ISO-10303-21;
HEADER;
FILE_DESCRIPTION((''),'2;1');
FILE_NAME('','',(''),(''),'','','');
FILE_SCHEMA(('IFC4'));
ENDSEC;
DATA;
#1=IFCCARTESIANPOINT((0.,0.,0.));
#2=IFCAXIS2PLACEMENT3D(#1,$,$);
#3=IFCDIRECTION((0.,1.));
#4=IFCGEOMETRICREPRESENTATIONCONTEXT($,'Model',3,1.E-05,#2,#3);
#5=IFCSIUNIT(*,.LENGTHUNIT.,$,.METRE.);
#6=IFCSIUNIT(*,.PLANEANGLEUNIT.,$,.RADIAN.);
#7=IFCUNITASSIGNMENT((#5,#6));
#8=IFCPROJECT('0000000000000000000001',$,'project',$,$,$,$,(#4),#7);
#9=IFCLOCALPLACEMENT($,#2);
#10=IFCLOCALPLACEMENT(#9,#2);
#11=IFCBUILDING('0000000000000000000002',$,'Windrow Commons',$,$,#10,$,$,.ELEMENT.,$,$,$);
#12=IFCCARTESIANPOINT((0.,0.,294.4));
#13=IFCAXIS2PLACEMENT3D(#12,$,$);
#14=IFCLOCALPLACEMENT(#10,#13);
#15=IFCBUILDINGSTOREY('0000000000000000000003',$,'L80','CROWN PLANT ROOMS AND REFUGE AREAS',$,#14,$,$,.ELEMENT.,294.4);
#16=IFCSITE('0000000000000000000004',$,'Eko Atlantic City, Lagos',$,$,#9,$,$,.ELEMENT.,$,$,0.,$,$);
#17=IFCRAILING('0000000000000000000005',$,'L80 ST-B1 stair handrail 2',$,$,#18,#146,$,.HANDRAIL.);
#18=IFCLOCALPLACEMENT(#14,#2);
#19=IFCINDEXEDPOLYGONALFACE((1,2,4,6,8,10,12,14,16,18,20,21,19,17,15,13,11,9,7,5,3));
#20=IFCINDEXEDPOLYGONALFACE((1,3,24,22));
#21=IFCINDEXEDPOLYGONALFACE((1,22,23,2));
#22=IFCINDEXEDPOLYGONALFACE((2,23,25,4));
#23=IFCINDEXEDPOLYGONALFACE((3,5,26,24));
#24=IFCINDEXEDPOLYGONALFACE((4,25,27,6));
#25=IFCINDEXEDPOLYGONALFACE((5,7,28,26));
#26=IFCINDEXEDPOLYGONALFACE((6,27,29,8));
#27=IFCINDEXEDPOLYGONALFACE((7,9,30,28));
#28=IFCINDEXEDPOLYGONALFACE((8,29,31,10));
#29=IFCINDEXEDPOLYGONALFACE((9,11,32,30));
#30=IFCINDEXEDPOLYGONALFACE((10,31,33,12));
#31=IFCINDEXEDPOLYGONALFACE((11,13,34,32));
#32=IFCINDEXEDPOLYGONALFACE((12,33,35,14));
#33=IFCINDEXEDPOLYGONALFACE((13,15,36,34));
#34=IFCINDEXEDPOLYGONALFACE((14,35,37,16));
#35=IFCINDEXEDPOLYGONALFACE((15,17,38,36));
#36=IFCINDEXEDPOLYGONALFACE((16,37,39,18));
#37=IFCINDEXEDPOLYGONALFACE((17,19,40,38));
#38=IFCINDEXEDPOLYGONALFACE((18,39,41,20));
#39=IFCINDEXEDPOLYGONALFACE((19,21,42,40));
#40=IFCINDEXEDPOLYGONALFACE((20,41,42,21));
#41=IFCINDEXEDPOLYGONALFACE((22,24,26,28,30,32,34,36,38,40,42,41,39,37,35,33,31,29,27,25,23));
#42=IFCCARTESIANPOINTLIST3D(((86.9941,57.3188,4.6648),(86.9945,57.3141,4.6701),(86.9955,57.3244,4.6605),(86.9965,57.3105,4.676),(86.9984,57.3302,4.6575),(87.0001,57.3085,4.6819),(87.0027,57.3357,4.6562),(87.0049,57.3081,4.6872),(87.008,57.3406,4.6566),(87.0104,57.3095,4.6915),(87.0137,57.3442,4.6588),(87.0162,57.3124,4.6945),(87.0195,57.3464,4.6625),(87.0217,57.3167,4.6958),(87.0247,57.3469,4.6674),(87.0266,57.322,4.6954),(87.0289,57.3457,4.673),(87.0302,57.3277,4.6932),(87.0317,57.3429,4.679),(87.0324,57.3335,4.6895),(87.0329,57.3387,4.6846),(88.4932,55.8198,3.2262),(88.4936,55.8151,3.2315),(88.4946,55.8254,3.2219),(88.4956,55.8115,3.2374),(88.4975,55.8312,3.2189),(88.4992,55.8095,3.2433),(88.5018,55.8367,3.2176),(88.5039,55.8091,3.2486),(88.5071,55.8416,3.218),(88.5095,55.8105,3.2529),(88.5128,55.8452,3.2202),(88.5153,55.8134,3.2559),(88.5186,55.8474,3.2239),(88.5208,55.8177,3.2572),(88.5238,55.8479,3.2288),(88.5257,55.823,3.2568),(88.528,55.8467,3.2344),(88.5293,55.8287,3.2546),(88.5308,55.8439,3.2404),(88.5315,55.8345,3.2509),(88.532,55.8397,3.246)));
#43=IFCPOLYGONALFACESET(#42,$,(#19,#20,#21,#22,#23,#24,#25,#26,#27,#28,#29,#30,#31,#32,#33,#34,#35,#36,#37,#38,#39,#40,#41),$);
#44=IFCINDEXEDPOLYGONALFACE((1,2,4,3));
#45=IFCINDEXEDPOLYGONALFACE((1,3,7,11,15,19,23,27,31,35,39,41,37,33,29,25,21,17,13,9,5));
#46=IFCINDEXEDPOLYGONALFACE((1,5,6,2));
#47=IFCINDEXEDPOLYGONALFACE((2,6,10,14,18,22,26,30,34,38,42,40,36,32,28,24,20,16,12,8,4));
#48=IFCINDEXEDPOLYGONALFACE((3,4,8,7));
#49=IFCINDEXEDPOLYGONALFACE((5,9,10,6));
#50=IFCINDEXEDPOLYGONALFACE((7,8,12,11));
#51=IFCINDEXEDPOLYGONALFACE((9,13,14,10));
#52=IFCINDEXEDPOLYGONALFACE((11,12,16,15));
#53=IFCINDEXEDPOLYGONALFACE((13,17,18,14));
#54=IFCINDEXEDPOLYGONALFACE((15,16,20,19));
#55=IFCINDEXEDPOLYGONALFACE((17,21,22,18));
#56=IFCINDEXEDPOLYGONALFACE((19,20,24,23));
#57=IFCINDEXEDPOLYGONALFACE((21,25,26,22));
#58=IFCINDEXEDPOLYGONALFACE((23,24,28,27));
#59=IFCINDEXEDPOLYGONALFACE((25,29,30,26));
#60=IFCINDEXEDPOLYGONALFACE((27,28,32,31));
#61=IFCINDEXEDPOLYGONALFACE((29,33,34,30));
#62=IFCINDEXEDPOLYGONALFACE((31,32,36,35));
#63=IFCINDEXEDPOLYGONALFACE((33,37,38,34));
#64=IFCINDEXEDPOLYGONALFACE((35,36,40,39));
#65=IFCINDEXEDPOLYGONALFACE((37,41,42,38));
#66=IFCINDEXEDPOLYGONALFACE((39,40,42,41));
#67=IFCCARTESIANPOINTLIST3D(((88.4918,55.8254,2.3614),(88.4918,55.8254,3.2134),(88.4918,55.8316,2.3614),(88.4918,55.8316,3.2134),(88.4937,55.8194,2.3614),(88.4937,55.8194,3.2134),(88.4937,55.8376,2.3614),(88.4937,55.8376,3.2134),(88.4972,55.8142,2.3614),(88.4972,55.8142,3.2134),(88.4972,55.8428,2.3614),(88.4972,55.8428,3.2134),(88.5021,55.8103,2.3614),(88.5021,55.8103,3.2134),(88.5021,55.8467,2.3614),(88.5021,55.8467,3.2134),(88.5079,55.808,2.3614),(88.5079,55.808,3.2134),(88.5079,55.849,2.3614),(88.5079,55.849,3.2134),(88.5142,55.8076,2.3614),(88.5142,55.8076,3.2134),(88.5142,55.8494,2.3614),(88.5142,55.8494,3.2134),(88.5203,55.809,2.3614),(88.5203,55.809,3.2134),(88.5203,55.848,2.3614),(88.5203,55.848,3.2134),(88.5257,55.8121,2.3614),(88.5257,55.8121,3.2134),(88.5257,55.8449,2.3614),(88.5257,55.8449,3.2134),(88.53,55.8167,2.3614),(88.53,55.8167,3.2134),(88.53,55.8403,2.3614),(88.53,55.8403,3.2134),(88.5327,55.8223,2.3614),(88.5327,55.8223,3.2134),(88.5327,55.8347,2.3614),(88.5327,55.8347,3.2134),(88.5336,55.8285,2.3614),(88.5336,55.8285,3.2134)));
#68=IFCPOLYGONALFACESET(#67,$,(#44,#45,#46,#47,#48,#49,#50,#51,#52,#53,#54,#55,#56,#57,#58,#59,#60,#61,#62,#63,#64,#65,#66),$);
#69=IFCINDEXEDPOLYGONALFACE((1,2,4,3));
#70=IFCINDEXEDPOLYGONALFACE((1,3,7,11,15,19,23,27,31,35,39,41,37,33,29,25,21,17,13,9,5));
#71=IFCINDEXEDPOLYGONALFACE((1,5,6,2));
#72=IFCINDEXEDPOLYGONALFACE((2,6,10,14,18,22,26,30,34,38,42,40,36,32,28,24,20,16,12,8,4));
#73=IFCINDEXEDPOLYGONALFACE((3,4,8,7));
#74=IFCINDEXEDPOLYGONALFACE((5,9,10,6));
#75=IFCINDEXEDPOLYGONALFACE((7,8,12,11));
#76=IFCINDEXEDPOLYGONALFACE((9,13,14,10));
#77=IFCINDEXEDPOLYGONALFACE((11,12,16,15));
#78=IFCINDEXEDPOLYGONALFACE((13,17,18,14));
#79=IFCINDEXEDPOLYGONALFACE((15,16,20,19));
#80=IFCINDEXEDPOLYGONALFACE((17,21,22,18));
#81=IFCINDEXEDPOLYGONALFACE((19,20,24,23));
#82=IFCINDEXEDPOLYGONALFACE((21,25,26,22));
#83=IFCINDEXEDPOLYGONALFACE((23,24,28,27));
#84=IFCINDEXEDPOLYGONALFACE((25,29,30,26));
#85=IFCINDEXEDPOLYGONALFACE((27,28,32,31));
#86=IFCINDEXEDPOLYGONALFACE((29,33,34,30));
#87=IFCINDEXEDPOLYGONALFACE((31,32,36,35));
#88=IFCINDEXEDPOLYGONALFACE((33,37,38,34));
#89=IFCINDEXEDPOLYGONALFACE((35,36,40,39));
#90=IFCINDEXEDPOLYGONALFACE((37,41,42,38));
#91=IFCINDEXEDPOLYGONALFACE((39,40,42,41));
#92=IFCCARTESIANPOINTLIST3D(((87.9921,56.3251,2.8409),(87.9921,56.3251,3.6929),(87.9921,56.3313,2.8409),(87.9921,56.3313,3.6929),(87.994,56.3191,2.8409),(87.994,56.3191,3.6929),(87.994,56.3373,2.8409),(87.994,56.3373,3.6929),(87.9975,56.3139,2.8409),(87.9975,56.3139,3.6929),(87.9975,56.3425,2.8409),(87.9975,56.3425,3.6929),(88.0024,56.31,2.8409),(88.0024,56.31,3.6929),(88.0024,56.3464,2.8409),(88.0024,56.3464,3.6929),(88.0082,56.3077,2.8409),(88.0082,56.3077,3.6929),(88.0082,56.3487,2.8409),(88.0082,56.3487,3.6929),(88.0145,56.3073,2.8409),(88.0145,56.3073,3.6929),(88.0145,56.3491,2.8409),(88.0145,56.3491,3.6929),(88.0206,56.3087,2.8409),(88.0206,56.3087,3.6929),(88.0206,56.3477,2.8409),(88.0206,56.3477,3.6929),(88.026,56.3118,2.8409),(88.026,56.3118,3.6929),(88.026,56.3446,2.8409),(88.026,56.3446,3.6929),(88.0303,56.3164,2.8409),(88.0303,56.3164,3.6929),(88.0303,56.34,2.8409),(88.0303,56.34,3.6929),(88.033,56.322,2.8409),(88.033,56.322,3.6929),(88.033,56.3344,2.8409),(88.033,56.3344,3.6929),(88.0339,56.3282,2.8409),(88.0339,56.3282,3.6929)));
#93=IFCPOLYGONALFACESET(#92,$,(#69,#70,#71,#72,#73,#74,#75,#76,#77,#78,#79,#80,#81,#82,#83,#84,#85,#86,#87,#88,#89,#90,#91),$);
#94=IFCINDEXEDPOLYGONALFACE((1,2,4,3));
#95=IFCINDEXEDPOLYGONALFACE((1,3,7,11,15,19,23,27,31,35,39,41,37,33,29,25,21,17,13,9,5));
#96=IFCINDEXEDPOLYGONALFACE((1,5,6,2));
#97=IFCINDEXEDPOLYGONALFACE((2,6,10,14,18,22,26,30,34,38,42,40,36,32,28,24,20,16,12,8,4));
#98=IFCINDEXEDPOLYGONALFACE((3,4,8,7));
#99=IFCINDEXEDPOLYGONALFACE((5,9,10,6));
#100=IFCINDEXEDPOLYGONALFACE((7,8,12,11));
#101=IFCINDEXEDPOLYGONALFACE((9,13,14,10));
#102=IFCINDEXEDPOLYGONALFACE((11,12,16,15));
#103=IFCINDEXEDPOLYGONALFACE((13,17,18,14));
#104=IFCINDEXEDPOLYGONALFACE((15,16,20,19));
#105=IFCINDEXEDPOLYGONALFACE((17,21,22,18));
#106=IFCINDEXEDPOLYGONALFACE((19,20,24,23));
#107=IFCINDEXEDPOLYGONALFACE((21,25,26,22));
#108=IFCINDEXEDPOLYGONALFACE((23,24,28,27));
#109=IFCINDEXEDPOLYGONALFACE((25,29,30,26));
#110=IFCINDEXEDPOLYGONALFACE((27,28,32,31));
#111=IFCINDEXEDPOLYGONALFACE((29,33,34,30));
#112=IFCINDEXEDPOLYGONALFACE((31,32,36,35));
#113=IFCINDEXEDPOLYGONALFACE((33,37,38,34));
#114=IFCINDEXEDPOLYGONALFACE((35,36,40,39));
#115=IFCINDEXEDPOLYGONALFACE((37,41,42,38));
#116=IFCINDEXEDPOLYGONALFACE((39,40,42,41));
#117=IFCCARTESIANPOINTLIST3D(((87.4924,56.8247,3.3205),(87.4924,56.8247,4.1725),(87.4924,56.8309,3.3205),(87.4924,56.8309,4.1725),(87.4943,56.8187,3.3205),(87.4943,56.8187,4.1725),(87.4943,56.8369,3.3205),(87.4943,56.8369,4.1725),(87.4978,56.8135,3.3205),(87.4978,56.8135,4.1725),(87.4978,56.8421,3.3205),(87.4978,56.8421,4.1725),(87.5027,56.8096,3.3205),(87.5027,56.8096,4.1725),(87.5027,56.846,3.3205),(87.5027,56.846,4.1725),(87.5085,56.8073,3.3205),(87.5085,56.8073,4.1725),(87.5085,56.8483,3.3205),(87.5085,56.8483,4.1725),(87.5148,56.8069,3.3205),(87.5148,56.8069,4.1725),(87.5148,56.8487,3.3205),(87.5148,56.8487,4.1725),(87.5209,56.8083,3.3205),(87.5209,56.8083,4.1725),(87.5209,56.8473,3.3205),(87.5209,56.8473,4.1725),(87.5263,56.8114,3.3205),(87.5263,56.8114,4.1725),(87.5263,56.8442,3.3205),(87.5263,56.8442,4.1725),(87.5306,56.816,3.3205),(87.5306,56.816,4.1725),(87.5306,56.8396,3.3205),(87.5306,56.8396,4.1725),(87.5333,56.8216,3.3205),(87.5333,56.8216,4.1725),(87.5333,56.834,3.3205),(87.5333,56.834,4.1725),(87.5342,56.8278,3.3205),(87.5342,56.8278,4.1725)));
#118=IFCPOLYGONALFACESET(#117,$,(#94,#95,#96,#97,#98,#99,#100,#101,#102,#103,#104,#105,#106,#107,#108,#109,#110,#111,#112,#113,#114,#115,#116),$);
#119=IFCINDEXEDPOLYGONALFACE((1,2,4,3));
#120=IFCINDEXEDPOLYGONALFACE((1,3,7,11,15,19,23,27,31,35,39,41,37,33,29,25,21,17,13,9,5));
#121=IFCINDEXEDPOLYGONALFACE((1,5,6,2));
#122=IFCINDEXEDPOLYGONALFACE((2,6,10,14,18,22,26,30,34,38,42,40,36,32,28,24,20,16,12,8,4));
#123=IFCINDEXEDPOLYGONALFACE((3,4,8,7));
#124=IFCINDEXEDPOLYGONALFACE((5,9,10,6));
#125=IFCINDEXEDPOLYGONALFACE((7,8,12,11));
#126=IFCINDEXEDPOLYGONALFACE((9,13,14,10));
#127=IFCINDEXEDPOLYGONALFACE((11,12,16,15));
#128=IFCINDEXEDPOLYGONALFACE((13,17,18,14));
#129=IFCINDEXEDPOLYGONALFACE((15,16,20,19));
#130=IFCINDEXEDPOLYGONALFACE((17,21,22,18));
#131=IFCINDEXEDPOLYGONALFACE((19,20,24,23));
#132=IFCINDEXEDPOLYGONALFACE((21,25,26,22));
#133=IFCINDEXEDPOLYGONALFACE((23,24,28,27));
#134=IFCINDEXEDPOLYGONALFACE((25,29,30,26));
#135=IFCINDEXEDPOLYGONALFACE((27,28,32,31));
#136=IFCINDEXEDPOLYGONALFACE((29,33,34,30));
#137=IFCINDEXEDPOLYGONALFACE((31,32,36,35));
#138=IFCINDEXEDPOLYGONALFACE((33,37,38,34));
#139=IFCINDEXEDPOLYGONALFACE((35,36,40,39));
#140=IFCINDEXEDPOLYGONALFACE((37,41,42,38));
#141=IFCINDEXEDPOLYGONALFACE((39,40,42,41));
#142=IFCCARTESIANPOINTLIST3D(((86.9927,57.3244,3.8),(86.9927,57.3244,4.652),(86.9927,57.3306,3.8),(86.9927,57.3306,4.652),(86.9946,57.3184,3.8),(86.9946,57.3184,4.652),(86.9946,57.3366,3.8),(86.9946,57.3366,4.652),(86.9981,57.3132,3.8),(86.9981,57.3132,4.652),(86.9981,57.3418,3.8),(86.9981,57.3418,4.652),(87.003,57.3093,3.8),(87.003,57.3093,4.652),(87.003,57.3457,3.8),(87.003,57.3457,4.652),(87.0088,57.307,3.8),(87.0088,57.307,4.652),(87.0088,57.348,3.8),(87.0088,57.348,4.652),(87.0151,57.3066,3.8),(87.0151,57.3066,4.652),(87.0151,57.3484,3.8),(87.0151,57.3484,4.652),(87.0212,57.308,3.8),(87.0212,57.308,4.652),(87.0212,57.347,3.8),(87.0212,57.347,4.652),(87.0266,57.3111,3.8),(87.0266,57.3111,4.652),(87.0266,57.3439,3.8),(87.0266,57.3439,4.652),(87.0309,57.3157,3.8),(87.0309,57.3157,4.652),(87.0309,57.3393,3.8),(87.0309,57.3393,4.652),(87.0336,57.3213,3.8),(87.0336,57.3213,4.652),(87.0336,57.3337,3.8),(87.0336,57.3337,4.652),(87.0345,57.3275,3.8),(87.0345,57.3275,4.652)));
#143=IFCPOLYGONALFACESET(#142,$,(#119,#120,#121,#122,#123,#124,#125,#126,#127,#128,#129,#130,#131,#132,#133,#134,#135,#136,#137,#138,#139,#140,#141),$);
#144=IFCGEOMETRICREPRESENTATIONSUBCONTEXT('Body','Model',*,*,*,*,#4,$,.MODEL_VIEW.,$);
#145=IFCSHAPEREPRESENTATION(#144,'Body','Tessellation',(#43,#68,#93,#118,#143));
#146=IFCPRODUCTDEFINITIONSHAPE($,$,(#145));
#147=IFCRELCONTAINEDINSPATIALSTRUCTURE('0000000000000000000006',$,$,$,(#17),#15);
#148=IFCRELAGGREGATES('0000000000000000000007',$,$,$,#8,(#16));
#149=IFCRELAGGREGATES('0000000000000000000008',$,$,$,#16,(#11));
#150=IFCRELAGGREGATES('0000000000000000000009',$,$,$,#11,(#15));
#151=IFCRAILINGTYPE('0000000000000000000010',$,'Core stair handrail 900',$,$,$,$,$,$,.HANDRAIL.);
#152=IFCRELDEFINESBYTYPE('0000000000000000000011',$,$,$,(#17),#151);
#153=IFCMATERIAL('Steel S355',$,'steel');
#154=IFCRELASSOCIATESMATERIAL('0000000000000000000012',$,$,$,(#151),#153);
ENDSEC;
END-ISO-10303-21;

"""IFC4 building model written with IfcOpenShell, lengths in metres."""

from ifc_helpers import new_model, si_unit, direction, frame, origin, origin_2d, place, context, subcontext, project, spatial, circle, extrude, material, type_object, element, save


model = new_model("IFC4")

# Units and contexts
model_context = context("Model", 3, precision=1e-05, world=origin(), true_north=direction((0.0, 1.0)))
body_context = subcontext(model_context, "Body", "Model", "MODEL_VIEW")
ifc_project = project(units=[si_unit("LENGTHUNIT", "METRE"), si_unit("PLANEANGLEUNIT", "RADIAN")], contexts=[model_context])

# Site, building, storey
site_placement = place(None, origin())
site = spatial("IfcSite", under=ifc_project, at=site_placement, Name="Eko Atlantic City, Lagos", CompositionType="ELEMENT", RefElevation=0.0)
building_placement = place(site_placement, origin())
building = spatial("IfcBuilding", under=site, at=building_placement, Name="Windrow Commons", CompositionType="ELEMENT")
storey_placement = place(building_placement, frame((0.0, 0.0, 294.4)))
storey = spatial("IfcBuildingStorey", under=building, at=storey_placement, Name="L80", Description="CROWN PLANT ROOMS AND REFUGE AREAS", CompositionType="ELEMENT", Elevation=294.4)

# Railing
ifc_material_1 = material(Name="Steel S355", Category="steel")
railing_type_1 = type_object("IfcRailingType", Name="Core stair handrail 900", PredefinedType="HANDRAIL", material=ifc_material_1)
railing_1_placement = place(storey_placement, frame((88.5126, 55.8285, 2.3614)))
element("IfcRailing", 1, at=railing_1_placement, inside=storey, type_object=railing_type_1, Name="L80 ST-B1 stair handrail 2", PredefinedType="HANDRAIL", context=body_context, shape_type="SweptSolid", body=[
    extrude(circle(Radius=0.024, at=origin_2d()), frame((0.0, 0.0, 0.876), z_axis=(-0.585128, 0.585089, 0.561513), x_axis=(-0.707083, -0.70713, 0.0)), (0.0, 0.0, 1.0), 2.562),
    extrude(circle(Radius=0.021, at=origin_2d()), origin(), (0.0, 0.0, 1.0), 0.852),
    extrude(circle(Radius=0.021, at=origin_2d()), frame((-0.4997, 0.4997, 0.4795)), (0.0, 0.0, 1.0), 0.852),
    extrude(circle(Radius=0.021, at=origin_2d()), frame((-0.9994, 0.9993, 0.9591)), (0.0, 0.0, 1.0), 0.852),
    extrude(circle(Radius=0.021, at=origin_2d()), frame((-1.4991, 1.499, 1.4386)), (0.0, 0.0, 1.0), 0.852),
])

save(model, "model.ifc")
